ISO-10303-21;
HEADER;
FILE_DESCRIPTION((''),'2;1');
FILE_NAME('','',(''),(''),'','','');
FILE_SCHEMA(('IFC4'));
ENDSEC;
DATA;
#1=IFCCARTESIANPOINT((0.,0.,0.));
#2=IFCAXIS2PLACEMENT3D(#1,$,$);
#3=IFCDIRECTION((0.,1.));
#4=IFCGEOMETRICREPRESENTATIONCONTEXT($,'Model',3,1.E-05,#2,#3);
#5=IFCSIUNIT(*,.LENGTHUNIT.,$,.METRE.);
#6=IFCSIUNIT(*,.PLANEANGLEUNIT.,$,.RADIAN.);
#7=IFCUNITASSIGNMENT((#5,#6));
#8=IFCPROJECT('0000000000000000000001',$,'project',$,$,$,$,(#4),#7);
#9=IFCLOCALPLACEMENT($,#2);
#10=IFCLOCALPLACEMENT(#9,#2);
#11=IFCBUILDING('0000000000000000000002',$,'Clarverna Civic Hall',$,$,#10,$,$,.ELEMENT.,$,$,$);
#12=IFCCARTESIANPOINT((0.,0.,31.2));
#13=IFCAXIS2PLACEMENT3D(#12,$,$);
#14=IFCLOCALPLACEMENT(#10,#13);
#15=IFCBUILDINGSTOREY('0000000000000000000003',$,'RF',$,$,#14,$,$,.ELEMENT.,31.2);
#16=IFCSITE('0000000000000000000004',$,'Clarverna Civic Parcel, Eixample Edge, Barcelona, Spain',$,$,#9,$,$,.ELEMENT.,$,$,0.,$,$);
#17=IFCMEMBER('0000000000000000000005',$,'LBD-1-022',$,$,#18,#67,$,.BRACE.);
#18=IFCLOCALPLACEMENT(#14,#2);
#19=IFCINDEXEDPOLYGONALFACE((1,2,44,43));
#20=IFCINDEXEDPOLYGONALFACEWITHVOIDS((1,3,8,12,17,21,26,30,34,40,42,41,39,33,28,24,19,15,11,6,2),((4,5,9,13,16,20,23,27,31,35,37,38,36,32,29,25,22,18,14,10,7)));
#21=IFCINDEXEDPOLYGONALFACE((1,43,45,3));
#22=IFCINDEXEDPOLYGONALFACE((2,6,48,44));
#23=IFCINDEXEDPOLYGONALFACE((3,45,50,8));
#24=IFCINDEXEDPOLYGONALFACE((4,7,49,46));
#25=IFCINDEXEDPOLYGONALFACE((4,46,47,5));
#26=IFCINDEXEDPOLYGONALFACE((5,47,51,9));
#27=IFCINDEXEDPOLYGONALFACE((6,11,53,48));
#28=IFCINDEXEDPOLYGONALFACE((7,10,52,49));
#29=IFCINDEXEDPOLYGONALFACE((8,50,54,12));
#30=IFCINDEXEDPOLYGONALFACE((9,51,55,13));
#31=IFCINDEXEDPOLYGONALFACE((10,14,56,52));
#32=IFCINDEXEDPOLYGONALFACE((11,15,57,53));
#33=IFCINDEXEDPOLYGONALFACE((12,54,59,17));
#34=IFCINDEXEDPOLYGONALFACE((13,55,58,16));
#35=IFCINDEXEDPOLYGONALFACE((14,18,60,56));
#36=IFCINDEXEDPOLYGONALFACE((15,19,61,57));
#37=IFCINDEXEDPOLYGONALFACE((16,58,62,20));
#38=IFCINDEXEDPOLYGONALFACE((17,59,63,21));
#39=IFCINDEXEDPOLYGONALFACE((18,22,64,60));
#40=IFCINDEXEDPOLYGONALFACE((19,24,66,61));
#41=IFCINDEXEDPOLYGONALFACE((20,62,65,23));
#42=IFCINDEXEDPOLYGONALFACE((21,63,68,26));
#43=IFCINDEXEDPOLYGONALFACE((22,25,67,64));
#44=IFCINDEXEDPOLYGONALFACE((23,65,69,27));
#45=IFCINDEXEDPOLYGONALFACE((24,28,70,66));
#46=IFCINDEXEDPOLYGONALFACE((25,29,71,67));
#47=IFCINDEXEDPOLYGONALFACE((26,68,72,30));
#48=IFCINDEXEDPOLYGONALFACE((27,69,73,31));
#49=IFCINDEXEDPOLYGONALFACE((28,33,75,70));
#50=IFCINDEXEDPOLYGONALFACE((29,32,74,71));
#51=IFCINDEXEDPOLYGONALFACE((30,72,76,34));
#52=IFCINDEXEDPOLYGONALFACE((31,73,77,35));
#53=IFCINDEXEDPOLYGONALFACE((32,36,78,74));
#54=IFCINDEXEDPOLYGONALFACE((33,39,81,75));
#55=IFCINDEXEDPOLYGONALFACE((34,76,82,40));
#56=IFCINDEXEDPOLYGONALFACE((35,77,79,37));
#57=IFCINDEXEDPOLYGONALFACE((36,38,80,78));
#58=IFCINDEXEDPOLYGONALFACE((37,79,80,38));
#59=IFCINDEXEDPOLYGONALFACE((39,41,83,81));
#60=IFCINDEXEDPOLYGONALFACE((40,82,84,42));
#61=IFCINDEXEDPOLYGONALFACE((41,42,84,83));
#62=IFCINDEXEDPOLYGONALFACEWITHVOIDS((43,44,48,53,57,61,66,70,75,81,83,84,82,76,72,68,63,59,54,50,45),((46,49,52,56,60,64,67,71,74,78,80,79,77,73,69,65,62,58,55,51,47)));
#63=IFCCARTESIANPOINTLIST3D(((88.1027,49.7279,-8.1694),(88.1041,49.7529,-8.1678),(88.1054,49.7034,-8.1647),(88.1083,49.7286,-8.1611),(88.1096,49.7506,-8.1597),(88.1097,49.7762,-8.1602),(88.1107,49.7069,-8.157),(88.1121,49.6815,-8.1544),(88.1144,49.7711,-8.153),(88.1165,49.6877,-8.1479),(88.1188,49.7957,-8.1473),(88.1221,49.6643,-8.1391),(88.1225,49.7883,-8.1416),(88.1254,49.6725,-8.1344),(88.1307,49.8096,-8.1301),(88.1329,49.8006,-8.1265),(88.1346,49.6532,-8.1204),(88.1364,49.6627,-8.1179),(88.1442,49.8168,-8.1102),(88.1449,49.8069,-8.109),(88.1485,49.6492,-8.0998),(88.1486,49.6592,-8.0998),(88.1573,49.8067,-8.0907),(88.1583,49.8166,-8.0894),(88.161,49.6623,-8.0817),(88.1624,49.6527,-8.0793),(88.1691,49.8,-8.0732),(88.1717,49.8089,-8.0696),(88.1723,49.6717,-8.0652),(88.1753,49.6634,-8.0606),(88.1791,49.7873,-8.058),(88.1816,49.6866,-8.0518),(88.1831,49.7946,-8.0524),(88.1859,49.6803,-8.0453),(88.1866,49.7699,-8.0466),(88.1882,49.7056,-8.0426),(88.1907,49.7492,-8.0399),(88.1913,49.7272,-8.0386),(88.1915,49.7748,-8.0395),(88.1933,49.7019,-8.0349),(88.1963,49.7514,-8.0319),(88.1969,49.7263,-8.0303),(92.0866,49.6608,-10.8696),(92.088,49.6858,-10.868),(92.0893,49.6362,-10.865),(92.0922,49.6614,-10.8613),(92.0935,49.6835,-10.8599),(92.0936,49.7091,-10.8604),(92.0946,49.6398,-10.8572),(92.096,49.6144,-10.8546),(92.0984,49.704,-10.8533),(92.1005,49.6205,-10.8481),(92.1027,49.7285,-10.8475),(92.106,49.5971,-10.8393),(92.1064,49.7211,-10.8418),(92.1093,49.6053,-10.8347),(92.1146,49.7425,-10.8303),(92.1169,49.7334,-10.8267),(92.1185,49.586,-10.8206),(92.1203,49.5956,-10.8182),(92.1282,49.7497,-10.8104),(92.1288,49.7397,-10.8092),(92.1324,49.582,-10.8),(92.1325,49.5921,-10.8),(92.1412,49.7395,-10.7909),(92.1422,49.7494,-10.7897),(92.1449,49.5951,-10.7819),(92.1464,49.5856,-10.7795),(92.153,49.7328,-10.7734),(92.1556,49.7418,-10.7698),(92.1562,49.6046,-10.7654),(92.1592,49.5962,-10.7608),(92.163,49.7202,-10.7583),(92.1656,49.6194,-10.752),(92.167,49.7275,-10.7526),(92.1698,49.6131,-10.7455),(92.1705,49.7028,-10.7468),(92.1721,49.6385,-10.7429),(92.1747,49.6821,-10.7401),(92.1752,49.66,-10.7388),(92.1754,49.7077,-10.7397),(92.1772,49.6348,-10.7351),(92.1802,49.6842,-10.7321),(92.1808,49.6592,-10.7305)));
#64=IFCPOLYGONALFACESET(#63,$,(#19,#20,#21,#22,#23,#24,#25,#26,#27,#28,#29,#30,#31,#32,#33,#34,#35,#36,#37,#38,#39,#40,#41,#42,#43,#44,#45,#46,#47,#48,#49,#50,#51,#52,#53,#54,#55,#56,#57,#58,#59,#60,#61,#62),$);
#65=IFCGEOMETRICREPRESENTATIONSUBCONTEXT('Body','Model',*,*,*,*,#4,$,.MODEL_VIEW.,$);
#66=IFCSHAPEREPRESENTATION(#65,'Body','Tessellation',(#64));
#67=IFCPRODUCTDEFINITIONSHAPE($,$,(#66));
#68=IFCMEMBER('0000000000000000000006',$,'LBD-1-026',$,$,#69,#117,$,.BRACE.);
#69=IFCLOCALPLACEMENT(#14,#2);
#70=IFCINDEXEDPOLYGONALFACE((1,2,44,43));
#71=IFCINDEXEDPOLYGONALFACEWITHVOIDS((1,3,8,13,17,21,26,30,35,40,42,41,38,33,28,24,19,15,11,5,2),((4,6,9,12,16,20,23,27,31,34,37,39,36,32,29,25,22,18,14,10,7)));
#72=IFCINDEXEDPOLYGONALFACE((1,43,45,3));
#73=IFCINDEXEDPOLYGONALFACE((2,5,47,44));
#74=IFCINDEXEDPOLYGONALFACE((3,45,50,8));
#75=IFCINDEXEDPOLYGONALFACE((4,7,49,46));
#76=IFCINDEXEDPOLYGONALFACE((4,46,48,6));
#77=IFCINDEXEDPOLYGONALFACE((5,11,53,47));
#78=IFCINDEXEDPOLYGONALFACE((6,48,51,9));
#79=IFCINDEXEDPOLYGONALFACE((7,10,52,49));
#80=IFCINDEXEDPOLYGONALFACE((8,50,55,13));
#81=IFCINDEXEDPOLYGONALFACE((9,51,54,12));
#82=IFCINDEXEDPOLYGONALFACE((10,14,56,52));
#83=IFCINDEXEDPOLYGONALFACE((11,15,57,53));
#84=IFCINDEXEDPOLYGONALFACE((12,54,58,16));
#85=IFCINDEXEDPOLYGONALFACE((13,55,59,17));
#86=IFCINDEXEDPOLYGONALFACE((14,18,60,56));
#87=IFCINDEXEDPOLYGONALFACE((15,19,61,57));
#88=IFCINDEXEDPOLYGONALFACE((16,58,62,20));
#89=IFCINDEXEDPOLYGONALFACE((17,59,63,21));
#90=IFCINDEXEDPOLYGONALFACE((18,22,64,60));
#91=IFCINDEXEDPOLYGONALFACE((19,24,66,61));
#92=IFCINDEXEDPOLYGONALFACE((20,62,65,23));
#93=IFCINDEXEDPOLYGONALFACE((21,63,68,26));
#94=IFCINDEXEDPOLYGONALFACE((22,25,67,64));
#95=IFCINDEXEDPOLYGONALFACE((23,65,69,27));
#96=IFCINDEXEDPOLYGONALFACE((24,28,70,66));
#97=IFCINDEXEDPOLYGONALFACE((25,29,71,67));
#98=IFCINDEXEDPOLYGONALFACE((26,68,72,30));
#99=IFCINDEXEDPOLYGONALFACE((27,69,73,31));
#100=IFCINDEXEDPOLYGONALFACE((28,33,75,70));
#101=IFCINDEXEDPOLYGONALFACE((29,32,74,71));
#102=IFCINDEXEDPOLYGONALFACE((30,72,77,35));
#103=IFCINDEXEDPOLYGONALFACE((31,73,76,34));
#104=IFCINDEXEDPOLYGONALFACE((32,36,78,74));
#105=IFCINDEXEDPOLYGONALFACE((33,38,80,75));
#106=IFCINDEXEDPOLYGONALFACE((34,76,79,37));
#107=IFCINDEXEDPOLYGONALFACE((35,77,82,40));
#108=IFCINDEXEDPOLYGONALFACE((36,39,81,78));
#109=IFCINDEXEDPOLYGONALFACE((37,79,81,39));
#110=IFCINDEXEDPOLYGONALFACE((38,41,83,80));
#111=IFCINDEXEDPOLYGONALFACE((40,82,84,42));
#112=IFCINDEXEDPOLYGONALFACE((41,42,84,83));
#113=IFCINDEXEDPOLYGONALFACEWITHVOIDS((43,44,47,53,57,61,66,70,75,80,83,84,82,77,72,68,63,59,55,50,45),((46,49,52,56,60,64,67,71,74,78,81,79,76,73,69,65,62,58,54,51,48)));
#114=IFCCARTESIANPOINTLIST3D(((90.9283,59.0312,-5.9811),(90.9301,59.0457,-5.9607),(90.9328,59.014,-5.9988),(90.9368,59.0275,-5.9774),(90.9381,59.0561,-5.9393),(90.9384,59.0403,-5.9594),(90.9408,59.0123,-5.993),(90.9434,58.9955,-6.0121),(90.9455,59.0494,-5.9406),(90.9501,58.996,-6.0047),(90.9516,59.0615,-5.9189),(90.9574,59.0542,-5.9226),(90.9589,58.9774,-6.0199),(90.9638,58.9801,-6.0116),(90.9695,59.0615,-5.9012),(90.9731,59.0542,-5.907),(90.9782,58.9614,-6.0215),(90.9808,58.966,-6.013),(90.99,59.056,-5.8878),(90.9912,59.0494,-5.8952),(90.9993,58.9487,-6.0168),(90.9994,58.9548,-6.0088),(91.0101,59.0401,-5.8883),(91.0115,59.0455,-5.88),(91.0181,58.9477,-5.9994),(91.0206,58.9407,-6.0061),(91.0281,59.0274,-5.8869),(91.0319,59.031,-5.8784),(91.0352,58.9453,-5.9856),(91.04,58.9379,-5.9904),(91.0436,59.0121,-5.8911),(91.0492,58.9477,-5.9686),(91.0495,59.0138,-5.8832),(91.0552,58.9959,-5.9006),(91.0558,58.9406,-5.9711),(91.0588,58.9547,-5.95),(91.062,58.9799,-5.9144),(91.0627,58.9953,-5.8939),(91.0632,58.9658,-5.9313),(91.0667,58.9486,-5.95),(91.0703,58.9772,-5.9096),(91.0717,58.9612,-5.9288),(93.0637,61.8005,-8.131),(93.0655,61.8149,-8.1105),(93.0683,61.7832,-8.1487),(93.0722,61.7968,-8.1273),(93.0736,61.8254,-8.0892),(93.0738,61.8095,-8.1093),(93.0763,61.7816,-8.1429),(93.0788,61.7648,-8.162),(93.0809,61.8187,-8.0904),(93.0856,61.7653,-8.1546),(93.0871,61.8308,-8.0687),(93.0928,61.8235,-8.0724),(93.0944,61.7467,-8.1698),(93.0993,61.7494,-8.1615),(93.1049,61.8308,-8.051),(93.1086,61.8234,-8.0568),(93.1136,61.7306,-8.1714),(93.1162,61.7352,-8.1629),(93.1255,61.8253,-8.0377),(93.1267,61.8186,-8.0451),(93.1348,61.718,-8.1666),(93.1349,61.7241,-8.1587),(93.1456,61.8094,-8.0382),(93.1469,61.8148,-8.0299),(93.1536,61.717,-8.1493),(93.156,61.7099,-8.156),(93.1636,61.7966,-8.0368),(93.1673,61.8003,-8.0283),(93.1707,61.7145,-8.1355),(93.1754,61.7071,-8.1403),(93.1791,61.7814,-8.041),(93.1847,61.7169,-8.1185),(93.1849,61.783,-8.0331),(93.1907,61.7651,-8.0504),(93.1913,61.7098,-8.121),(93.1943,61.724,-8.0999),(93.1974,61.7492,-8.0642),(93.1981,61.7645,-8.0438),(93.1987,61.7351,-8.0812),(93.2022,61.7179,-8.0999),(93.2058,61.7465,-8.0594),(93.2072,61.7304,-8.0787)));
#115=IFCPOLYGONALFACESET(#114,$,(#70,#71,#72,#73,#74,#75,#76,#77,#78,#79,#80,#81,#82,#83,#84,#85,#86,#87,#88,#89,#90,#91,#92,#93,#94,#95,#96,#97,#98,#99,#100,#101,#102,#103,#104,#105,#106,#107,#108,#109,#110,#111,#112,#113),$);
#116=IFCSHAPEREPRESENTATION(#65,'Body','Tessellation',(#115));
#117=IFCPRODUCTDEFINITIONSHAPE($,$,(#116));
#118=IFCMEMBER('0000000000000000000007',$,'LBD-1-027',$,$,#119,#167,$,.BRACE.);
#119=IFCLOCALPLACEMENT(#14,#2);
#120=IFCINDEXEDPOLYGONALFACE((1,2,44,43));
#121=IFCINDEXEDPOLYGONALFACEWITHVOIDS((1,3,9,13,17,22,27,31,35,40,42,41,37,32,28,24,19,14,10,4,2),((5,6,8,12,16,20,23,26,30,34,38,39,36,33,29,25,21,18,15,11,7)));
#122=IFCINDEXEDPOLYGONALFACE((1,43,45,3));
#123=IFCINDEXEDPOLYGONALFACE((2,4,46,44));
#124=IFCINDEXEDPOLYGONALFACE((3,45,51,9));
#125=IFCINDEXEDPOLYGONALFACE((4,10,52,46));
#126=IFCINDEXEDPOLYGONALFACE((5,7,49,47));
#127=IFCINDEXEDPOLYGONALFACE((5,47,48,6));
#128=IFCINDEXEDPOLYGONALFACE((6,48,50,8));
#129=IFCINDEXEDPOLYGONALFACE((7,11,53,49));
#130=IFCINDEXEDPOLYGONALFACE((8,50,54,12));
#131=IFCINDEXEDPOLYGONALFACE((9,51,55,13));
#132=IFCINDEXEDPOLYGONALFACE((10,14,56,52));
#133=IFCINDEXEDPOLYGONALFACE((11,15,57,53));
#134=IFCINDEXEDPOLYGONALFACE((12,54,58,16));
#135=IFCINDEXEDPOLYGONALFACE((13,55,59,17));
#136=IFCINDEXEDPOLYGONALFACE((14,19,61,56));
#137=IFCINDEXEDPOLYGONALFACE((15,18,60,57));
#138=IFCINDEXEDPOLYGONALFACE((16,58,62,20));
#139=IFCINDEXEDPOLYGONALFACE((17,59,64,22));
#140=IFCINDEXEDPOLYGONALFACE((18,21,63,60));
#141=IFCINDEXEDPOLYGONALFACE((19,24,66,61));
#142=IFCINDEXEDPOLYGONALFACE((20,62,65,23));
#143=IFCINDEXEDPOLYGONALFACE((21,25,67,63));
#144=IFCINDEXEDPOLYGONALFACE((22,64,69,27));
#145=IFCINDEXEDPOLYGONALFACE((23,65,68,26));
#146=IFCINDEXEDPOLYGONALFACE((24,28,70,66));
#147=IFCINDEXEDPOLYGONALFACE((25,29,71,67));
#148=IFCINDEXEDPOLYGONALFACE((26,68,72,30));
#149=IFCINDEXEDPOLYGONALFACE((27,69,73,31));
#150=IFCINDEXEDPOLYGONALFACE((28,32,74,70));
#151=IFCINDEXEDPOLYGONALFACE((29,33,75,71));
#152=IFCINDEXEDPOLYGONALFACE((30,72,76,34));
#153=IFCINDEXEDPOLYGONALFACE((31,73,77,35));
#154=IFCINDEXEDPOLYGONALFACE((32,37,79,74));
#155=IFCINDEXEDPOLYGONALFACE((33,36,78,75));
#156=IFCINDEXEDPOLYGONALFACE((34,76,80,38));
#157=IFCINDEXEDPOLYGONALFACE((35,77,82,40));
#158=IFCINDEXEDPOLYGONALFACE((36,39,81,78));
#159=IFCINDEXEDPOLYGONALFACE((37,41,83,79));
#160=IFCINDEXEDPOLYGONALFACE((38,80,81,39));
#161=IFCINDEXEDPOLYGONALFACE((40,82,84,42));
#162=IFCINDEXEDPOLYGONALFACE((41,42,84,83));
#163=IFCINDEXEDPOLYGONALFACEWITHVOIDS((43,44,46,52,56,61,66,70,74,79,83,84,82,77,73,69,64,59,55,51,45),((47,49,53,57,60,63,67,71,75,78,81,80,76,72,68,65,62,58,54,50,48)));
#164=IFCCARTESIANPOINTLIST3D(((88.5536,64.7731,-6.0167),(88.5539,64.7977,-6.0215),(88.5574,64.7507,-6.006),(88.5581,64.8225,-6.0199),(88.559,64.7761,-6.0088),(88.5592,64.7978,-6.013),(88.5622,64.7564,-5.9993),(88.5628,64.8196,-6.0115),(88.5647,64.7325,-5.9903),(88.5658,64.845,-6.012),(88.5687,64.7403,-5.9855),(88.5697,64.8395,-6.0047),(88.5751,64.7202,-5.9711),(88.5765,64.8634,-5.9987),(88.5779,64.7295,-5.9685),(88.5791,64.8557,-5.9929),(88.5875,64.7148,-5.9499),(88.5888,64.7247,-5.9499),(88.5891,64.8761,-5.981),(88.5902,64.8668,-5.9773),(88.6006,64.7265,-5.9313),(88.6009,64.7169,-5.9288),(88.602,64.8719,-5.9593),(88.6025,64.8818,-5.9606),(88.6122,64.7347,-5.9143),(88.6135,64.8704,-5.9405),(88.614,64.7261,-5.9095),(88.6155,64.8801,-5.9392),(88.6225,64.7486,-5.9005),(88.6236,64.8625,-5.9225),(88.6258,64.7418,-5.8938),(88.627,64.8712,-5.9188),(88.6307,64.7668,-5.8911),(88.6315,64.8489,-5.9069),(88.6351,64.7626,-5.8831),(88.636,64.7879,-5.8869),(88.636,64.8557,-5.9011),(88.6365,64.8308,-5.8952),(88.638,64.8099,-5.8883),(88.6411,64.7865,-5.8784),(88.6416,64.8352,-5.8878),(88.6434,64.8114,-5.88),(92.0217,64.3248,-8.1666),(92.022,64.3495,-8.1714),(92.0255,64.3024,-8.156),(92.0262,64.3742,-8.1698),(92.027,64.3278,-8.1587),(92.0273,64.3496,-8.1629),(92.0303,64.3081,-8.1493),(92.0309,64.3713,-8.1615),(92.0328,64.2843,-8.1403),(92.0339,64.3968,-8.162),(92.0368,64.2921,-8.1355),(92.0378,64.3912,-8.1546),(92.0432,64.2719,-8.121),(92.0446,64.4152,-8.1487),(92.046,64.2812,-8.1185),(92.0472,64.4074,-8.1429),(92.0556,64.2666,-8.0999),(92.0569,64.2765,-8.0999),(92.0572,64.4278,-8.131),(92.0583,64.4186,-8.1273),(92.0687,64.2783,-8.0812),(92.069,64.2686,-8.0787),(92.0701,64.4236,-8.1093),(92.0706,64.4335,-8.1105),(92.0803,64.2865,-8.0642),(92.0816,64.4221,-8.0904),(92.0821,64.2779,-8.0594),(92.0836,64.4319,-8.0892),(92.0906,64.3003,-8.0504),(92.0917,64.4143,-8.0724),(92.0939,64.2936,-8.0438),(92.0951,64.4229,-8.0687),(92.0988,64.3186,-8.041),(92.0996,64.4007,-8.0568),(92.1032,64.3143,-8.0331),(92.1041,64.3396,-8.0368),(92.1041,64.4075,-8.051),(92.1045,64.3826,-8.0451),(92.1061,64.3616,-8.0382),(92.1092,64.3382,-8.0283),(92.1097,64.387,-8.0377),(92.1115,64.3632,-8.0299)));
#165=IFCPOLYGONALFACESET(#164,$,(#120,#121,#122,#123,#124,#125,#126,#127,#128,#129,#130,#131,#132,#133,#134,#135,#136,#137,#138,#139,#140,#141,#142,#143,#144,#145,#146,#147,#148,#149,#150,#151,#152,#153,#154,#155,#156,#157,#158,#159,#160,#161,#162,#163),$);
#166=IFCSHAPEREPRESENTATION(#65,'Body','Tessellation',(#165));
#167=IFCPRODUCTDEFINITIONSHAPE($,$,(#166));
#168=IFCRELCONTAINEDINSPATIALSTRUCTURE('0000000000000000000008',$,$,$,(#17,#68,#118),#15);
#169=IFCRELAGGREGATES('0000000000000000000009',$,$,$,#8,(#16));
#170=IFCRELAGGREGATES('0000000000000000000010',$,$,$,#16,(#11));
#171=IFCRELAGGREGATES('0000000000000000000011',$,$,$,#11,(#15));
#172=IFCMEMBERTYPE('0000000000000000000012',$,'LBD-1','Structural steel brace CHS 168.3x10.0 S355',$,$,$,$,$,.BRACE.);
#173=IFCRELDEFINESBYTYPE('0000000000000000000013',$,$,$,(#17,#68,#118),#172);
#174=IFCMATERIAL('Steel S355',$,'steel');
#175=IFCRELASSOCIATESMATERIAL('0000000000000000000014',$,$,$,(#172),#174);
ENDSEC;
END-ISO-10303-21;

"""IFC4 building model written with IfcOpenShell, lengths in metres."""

from ifc_helpers import new_model, si_unit, direction, frame, origin, origin_2d, place, context, subcontext, project, spatial, hollow_circle, extrude, material, material_profile, profile_set, type_object, element, save


model = new_model("IFC4")

# Units and contexts
model_context = context("Model", 3, precision=1e-05, world=origin(), true_north=direction((0.0, 1.0)))
body_context = subcontext(model_context, "Body", "Model", "MODEL_VIEW")
ifc_project = project(units=[si_unit("LENGTHUNIT", "METRE"), si_unit("PLANEANGLEUNIT", "RADIAN")], contexts=[model_context])

# Site, building, storey
site_placement = place(None, origin())
site = spatial("IfcSite", under=ifc_project, at=site_placement, Name="Clarverna Civic Parcel, Eixample Edge, Barcelona, Spain", CompositionType="ELEMENT", RefElevation=0.0)
building_placement = place(site_placement, origin())
building = spatial("IfcBuilding", under=site, at=building_placement, Name="Clarverna Civic Hall", CompositionType="ELEMENT")
storey_placement = place(building_placement, frame((0.0, 0.0, 31.2)))
storey = spatial("IfcBuildingStorey", under=building, at=storey_placement, Name="RF", CompositionType="ELEMENT", Elevation=31.2)

# Members
ifc_material_1 = material(Name="Steel S355", Category="steel")
ifc_material_profile_1 = material_profile(ifc_material_1, hollow_circle(Radius=0.0842, WallThickness=0.01, at=origin_2d()), Name="CHS 168.3x10.0")
ifc_profile_set_1 = profile_set([ifc_material_profile_1], Name="Steel S355")
member_type_1 = type_object("IfcMemberType", Name="LBD-1", Description="Structural steel brace CHS 168.3x10.0 S355", PredefinedType="BRACE", material=ifc_profile_set_1)
member_1_placement = place(storey_placement, frame((92.1338, 49.6663, -10.8), z_axis=(-0.8277, 0.013949, 0.560998), x_axis=(-0.01685, -0.999858, 0.0)))
element("IfcMember", 1, at=member_1_placement, inside=storey, type_object=member_type_1, Name="LBD-1-022", PredefinedType="BRACE", context=body_context, shape_type="SweptSolid", body=[
    extrude(hollow_circle(Radius=0.0842, WallThickness=0.01, at=origin_2d()), origin(), (0.0, 0.0, 1.0), 4.8132),
])
for number, where, z_axis, x_axis, name in (
    (2, (93.1355, 61.7693, -8.0999), (-0.520213, -0.674606, 0.523722), (0.791894, -0.610658, 0.0), "LBD-1-026"),
    (3, (92.0664, 64.3501, -8.0999), (-0.84485, 0.109197, 0.523741), (-0.128184, -0.99175, 0.0), "LBD-1-027"),
):
    element("IfcMember", number, at=place(storey_placement, frame(where, z_axis=z_axis, x_axis=x_axis)), inside=storey, type_object=member_type_1, Name=name, PredefinedType="BRACE", context=body_context, shape_type="SweptSolid", body=[
        extrude(hollow_circle(Radius=0.0842, WallThickness=0.01, at=origin_2d()), origin(), (0.0, 0.0, 1.0), 4.105),
    ])

save(model, "model.ifc")
